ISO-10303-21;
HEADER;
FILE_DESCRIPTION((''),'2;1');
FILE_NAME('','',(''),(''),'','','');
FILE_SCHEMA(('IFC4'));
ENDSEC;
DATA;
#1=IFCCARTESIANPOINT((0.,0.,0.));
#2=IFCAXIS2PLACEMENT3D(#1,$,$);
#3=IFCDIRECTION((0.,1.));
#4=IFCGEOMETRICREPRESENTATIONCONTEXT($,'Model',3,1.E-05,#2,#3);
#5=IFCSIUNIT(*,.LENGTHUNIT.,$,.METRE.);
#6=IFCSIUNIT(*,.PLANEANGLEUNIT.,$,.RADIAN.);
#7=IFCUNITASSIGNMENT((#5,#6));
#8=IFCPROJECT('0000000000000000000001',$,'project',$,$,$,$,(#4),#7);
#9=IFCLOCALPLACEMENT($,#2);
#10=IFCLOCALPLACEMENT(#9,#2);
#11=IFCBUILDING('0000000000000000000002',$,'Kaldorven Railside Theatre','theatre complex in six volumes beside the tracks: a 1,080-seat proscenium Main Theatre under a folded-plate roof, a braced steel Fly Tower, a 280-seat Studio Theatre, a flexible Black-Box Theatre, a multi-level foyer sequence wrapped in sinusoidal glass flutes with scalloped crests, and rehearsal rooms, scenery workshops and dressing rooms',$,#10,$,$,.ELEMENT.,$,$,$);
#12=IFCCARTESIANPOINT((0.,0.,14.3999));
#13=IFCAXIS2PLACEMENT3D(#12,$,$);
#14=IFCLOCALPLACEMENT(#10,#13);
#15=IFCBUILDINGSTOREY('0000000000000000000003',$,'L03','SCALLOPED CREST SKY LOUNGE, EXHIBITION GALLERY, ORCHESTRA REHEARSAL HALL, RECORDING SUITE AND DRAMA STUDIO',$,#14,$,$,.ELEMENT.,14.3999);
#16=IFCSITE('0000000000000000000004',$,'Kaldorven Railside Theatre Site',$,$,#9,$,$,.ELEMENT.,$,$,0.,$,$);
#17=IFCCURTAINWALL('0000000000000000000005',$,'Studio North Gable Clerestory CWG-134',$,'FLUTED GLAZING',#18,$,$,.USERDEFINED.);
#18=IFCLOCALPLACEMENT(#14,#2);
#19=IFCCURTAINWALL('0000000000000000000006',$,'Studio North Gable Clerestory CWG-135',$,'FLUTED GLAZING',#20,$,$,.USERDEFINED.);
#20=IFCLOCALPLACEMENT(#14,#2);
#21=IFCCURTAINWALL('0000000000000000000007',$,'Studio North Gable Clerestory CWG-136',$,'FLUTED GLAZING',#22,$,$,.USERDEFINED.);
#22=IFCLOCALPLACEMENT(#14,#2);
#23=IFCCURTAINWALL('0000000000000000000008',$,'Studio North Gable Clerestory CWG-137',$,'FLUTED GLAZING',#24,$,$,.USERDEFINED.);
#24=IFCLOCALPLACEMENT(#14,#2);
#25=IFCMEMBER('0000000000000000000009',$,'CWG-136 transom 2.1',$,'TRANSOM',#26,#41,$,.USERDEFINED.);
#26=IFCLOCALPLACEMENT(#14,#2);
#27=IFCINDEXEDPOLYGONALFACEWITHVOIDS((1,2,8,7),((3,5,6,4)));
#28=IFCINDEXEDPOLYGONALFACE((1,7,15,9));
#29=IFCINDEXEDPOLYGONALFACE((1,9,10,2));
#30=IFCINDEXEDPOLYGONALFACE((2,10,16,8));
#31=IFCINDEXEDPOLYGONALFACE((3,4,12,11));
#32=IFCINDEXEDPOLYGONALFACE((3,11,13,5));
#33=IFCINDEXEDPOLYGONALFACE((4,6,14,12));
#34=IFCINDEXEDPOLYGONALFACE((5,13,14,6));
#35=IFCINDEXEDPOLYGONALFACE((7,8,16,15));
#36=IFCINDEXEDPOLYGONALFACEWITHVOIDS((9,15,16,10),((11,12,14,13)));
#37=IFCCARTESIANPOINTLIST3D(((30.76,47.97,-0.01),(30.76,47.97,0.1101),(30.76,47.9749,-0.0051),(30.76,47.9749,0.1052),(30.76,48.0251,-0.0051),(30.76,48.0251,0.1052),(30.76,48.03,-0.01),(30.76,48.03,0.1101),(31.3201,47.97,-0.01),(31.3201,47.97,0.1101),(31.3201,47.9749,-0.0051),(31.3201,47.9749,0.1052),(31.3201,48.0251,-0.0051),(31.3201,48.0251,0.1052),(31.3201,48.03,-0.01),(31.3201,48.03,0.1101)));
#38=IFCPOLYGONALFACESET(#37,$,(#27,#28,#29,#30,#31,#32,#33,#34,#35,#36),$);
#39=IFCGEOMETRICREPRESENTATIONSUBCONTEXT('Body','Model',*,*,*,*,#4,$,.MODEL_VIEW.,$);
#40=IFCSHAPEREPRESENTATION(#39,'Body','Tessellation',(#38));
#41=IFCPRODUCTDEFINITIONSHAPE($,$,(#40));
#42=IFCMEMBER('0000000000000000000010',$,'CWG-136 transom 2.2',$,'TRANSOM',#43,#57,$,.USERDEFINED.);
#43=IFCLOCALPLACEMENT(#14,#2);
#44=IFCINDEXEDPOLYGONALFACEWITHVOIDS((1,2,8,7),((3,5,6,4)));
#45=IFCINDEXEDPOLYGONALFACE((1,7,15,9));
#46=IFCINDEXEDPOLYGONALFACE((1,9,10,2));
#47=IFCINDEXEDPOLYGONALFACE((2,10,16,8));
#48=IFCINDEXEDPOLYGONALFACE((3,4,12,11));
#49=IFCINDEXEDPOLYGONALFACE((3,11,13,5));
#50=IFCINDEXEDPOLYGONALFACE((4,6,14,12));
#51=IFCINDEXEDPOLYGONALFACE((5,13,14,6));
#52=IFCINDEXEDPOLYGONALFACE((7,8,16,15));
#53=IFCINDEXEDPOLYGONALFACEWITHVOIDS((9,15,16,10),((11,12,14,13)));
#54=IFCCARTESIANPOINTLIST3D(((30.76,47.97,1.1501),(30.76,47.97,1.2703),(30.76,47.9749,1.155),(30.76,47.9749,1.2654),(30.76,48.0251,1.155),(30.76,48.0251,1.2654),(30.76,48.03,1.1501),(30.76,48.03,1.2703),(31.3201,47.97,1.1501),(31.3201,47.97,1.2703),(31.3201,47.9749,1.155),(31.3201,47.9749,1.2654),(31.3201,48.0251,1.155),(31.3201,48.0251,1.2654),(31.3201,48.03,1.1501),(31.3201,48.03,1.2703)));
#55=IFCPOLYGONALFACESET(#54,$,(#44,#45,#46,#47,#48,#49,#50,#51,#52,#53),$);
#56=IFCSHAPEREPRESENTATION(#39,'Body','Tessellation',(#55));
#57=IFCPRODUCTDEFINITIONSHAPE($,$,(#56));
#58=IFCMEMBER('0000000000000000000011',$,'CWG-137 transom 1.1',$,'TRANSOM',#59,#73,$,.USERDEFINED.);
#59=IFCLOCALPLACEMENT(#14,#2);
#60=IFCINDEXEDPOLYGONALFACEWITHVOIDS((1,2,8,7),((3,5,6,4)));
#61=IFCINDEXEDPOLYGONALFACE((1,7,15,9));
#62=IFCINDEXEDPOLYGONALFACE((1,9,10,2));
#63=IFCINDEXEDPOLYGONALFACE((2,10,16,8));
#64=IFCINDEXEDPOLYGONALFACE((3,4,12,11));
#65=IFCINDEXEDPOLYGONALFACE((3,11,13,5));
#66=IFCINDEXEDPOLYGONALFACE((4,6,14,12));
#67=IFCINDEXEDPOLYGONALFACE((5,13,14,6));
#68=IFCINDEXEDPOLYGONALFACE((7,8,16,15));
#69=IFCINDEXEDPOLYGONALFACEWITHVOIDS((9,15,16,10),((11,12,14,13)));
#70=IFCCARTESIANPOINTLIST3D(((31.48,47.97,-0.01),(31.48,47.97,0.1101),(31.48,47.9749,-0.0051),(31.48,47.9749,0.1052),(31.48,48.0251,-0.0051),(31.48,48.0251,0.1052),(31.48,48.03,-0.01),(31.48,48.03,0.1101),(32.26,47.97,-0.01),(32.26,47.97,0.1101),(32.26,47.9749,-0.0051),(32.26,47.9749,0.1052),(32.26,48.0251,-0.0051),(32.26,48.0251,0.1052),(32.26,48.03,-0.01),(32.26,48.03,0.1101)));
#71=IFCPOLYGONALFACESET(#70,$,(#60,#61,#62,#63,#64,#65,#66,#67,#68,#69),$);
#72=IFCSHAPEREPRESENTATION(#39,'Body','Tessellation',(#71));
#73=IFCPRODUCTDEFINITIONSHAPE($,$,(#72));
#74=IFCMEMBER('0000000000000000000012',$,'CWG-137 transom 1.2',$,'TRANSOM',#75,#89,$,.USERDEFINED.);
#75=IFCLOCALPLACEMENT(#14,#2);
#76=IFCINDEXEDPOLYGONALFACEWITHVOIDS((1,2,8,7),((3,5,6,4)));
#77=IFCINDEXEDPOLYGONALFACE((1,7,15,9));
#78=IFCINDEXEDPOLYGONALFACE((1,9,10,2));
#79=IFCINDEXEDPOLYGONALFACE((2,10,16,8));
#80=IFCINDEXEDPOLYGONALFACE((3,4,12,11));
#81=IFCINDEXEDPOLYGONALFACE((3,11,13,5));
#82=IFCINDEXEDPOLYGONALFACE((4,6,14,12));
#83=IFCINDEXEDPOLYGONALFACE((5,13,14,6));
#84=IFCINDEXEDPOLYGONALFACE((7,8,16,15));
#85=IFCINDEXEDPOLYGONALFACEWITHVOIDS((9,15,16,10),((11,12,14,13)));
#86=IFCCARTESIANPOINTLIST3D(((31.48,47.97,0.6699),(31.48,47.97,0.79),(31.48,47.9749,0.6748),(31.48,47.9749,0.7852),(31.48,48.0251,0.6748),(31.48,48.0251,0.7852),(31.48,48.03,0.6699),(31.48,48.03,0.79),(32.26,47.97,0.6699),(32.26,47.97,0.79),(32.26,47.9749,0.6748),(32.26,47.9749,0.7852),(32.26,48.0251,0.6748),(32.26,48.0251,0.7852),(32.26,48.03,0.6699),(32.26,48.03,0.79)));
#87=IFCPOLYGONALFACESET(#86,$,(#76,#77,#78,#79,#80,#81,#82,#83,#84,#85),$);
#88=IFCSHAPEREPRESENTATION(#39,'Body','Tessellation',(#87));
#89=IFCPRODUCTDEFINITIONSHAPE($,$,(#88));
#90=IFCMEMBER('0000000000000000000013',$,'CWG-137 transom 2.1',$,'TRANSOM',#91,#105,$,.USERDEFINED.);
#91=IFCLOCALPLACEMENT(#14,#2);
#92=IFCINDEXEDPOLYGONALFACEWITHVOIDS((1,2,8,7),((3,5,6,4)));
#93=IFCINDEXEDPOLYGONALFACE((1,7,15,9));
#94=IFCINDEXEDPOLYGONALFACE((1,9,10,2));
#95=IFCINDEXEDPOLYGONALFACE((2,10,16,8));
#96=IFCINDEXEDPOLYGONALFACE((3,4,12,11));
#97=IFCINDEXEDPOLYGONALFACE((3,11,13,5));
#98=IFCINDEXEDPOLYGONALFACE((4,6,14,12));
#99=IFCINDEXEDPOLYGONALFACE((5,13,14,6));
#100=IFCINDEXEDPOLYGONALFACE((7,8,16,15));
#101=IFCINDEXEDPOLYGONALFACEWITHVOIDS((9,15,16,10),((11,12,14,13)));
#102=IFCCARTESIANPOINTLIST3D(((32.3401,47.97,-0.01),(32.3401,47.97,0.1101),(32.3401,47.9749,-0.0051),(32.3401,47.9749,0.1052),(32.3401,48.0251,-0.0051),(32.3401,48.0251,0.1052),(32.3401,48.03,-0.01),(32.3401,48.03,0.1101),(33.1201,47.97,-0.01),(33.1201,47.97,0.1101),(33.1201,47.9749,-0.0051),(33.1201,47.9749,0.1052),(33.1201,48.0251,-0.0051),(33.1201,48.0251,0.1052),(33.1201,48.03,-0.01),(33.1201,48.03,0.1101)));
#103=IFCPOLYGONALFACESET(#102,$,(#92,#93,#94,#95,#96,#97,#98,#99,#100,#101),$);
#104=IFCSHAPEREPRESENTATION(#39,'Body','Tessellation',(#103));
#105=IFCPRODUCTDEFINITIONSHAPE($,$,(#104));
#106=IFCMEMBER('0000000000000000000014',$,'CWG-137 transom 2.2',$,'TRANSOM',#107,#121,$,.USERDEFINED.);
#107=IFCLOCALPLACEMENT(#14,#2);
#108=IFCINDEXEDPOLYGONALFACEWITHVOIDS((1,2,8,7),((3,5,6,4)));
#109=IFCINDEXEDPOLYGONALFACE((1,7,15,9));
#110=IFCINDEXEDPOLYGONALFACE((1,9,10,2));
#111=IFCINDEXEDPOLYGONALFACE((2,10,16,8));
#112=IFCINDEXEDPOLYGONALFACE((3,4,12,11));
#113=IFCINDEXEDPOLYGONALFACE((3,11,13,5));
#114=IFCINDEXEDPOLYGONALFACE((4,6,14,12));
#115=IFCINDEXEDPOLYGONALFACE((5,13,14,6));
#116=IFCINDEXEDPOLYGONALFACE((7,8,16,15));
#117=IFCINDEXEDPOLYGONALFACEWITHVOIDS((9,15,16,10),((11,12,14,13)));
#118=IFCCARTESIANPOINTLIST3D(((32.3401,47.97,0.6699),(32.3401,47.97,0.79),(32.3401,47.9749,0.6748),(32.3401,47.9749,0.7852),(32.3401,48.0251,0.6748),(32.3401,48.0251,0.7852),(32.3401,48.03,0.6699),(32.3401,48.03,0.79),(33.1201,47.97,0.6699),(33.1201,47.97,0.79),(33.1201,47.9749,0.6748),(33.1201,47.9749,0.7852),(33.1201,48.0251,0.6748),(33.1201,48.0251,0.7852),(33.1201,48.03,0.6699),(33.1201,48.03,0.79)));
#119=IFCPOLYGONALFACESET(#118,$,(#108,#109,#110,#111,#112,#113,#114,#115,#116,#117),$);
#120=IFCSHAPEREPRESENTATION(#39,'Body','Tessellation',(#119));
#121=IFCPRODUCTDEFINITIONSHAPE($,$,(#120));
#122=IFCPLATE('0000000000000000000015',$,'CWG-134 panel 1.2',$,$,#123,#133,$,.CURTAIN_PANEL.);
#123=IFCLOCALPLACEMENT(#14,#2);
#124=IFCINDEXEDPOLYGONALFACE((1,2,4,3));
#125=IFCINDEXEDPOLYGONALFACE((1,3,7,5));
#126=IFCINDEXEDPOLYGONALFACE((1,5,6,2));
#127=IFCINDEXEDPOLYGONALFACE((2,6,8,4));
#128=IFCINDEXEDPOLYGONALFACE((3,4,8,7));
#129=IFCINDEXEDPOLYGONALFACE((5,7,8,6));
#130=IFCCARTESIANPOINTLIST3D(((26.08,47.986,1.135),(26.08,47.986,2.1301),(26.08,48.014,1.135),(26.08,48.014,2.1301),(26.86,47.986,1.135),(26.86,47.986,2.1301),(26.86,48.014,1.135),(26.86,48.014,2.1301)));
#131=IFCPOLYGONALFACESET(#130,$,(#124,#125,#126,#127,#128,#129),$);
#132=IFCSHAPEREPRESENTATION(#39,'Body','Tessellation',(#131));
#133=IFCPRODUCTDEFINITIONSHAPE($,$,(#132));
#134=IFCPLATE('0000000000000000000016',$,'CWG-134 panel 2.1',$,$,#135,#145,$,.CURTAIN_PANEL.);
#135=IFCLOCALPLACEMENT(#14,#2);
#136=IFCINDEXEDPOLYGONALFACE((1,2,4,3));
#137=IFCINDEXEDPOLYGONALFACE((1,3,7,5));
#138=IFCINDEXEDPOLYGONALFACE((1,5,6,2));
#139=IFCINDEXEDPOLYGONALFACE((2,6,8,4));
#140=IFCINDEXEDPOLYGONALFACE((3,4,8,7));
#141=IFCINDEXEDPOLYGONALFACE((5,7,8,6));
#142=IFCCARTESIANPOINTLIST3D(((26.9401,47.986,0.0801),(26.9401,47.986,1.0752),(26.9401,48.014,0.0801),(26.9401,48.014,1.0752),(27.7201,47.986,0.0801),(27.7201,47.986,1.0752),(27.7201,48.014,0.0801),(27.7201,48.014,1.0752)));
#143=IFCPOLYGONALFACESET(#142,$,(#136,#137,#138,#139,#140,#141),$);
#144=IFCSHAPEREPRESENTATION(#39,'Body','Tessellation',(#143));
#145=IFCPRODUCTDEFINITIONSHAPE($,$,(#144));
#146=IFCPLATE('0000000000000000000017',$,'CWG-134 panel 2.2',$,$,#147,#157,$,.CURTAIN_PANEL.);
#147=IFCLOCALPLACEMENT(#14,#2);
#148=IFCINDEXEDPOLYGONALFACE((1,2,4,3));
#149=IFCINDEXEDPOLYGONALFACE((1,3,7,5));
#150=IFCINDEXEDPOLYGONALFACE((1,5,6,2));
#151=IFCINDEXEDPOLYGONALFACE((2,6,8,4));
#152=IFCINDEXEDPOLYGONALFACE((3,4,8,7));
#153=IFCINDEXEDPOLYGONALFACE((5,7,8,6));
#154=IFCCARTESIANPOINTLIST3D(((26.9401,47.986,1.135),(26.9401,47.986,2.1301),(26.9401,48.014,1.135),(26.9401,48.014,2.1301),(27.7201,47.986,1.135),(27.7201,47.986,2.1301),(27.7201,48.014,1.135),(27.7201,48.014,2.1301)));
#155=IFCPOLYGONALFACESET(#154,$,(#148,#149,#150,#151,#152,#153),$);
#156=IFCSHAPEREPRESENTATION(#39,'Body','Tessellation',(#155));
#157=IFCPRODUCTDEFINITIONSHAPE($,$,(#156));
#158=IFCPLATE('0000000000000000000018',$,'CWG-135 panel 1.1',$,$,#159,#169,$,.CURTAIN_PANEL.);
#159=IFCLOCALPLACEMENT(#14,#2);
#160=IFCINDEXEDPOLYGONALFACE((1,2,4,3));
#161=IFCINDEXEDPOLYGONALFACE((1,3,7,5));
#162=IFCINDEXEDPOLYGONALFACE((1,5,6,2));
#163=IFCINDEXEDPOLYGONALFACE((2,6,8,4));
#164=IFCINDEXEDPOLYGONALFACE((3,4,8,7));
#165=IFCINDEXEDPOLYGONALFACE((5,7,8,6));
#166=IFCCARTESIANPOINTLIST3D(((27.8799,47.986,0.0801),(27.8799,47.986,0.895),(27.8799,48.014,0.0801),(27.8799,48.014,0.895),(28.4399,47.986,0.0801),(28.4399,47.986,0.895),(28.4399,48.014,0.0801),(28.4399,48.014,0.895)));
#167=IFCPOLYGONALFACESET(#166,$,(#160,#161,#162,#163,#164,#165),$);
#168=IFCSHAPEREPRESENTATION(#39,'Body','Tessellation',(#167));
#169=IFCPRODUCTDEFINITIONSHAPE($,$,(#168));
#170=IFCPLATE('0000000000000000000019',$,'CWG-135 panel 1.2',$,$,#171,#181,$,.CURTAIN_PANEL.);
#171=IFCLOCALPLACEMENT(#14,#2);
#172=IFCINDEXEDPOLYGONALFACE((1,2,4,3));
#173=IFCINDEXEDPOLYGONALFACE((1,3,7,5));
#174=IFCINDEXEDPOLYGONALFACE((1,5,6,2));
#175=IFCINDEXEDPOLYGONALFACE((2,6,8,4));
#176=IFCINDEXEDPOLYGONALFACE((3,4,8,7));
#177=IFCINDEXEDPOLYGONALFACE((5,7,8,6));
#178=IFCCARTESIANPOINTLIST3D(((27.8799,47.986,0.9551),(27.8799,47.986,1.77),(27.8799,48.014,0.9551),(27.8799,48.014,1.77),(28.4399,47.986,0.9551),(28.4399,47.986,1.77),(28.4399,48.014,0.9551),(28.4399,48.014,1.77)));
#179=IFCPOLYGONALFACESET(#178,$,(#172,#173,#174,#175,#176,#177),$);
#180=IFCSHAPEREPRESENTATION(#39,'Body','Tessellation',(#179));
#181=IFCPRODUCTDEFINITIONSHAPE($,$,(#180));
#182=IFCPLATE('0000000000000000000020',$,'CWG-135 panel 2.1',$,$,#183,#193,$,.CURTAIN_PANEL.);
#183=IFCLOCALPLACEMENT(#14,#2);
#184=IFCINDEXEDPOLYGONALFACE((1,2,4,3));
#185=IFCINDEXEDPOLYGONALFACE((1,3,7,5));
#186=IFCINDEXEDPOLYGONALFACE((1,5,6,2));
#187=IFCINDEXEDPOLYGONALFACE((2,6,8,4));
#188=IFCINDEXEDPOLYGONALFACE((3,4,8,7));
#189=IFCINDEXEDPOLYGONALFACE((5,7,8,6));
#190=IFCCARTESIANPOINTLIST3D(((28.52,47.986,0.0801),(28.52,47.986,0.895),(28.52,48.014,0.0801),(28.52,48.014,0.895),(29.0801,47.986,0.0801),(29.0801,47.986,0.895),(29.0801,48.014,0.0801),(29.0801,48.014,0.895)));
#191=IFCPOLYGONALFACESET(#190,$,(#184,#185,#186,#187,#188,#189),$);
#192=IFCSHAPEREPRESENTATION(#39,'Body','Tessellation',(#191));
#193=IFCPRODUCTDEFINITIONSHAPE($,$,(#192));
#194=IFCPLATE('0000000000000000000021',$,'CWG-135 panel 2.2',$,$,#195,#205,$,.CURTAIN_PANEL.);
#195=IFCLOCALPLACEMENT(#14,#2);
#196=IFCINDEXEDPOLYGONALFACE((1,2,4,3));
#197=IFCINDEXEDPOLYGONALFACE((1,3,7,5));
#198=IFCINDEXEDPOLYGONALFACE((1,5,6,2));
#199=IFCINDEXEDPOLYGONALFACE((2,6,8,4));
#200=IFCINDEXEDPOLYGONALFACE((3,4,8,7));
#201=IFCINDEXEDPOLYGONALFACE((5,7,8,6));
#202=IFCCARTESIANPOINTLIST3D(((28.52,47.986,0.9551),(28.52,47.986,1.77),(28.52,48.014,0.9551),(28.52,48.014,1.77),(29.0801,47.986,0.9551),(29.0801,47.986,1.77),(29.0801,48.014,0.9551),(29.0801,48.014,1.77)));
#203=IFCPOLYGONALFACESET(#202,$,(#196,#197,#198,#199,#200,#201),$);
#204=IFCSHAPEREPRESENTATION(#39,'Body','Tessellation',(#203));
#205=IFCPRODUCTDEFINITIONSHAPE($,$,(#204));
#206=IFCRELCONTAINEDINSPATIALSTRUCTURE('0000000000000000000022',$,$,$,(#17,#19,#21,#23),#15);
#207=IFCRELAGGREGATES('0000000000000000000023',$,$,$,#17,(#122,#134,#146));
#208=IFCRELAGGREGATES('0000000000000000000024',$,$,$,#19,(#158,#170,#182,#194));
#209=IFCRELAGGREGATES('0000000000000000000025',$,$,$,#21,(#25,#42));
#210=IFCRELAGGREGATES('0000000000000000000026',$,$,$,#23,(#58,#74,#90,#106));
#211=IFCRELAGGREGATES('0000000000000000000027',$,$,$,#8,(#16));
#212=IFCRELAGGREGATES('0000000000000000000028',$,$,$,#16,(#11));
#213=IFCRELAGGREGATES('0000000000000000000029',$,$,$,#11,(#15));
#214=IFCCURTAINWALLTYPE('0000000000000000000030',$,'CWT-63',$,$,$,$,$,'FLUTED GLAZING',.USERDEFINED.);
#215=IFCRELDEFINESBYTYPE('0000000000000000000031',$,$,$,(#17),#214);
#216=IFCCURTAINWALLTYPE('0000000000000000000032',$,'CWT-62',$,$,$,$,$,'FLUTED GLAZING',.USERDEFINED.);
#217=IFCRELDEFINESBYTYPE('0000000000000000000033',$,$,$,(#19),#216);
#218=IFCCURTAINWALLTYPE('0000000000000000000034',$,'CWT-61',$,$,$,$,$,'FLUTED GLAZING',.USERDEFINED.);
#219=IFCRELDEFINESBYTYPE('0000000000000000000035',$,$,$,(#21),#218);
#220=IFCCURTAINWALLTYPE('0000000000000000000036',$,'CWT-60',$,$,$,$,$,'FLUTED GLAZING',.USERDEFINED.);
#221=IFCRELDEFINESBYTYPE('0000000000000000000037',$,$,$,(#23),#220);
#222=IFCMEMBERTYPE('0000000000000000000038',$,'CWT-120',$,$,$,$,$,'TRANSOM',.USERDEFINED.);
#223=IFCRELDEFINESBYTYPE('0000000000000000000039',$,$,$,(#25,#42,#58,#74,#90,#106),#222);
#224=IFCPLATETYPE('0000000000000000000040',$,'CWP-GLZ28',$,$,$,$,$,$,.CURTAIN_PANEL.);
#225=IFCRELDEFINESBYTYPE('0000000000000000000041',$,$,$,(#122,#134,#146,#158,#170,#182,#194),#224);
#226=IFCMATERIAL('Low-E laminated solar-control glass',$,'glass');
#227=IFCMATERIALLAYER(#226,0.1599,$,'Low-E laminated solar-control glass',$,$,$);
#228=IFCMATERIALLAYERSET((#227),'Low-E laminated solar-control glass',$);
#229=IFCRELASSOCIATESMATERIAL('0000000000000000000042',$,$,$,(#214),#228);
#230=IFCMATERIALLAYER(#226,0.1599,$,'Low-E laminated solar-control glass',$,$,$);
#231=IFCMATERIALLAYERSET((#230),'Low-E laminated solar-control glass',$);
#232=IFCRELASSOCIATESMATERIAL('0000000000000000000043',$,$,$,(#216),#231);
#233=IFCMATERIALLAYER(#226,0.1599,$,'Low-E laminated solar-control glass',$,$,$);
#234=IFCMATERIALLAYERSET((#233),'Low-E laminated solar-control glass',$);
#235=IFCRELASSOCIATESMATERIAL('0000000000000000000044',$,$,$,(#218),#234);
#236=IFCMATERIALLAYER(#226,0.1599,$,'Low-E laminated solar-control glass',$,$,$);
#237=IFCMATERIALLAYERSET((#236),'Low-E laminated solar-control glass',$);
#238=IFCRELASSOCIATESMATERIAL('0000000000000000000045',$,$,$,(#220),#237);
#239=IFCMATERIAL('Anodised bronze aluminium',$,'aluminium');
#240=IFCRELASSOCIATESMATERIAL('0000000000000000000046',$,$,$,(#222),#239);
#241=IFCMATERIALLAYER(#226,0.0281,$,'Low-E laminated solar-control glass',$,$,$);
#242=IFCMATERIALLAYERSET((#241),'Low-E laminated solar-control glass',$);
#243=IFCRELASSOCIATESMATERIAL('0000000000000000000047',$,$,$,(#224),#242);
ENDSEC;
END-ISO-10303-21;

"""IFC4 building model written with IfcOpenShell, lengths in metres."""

from ifc_helpers import new_model, si_unit, direction, frame, origin, origin_2d, place, context, subcontext, project, spatial, rectangle, hollow_rectangle, extrude, material, layer, layer_set, material_profile, profile_set, type_object, element, aggregate, save


model = new_model("IFC4")

# Units and contexts
model_context = context("Model", 3, precision=1e-05, world=origin(), true_north=direction((0.0, 1.0)))
body_context = subcontext(model_context, "Body", "Model", "MODEL_VIEW")
ifc_project = project(units=[si_unit("LENGTHUNIT", "METRE"), si_unit("PLANEANGLEUNIT", "RADIAN")], contexts=[model_context])

# Site, building, storey
site_placement = place(None, origin())
site = spatial("IfcSite", under=ifc_project, at=site_placement, Name="Kaldorven Railside Theatre Site", CompositionType="ELEMENT", RefElevation=0.0)
building_placement = place(site_placement, origin())
building = spatial("IfcBuilding", under=site, at=building_placement, Name="Kaldorven Railside Theatre", Description="theatre complex in six volumes beside the tracks: a 1,080-seat proscenium Main Theatre under a folded-plate roof, a braced steel Fly Tower, a 280-seat Studio Theatre, a flexible Black-Box Theatre, a multi-level foyer sequence wrapped in sinusoidal glass flutes with scalloped crests, and rehearsal rooms, scenery workshops and dressing rooms", CompositionType="ELEMENT")
storey_placement = place(building_placement, frame((0.0, 0.0, 14.3999)))
storey = spatial("IfcBuildingStorey", under=building, at=storey_placement, Name="L03", Description="SCALLOPED CREST SKY LOUNGE, EXHIBITION GALLERY, ORCHESTRA REHEARSAL HALL, RECORDING SUITE AND DRAMA STUDIO", CompositionType="ELEMENT", Elevation=14.3999)

# Curtain walls
ifc_material_1 = material(Name="Low-E laminated solar-control glass", Category="glass")
ifc_layer_1 = layer(ifc_material_1, 0.1599, Name="Low-E laminated solar-control glass")
ifc_layer_set_1 = layer_set([ifc_layer_1], Name="Low-E laminated solar-control glass")
curtain_wall_type_1 = type_object("IfcCurtainWallType", Name="CWT-63", ElementType="FLUTED GLAZING", PredefinedType="USERDEFINED", material=ifc_layer_set_1)
curtain_wall_1_placement = place(storey_placement, origin())
curtain_wall_1 = element("IfcCurtainWall", 1, at=curtain_wall_1_placement, inside=storey, type_object=curtain_wall_type_1, Name="Studio North Gable Clerestory CWG-134", ObjectType="FLUTED GLAZING", PredefinedType="USERDEFINED")
ifc_material_2 = material(Name="Anodised bronze aluminium", Category="aluminium")
ifc_layer_2 = layer(ifc_material_1, 0.1599, Name="Low-E laminated solar-control glass")
ifc_layer_set_2 = layer_set([ifc_layer_2], Name="Low-E laminated solar-control glass")
curtain_wall_type_2 = type_object("IfcCurtainWallType", Name="CWT-62", ElementType="FLUTED GLAZING", PredefinedType="USERDEFINED", material=ifc_layer_set_2)
curtain_wall_2_placement = place(storey_placement, origin())
curtain_wall_2 = element("IfcCurtainWall", 2, at=curtain_wall_2_placement, inside=storey, type_object=curtain_wall_type_2, Name="Studio North Gable Clerestory CWG-135", ObjectType="FLUTED GLAZING", PredefinedType="USERDEFINED")
ifc_layer_3 = layer(ifc_material_1, 0.1599, Name="Low-E laminated solar-control glass")
ifc_layer_set_3 = layer_set([ifc_layer_3], Name="Low-E laminated solar-control glass")
curtain_wall_type_3 = type_object("IfcCurtainWallType", Name="CWT-61", ElementType="FLUTED GLAZING", PredefinedType="USERDEFINED", material=ifc_layer_set_3)
curtain_wall_3_placement = place(storey_placement, origin())
curtain_wall_3 = element("IfcCurtainWall", 3, at=curtain_wall_3_placement, inside=storey, type_object=curtain_wall_type_3, Name="Studio North Gable Clerestory CWG-136", ObjectType="FLUTED GLAZING", PredefinedType="USERDEFINED")
ifc_layer_4 = layer(ifc_material_1, 0.1599, Name="Low-E laminated solar-control glass")
ifc_layer_set_4 = layer_set([ifc_layer_4], Name="Low-E laminated solar-control glass")
curtain_wall_type_4 = type_object("IfcCurtainWallType", Name="CWT-60", ElementType="FLUTED GLAZING", PredefinedType="USERDEFINED", material=ifc_layer_set_4)
curtain_wall_4_placement = place(storey_placement, origin())
curtain_wall_4 = element("IfcCurtainWall", 4, at=curtain_wall_4_placement, inside=storey, type_object=curtain_wall_type_4, Name="Studio North Gable Clerestory CWG-137", ObjectType="FLUTED GLAZING", PredefinedType="USERDEFINED")

# Members
ifc_material_profile_1 = material_profile(ifc_material_2, hollow_rectangle(XDim=0.0601, YDim=0.1201, WallThickness=0.0049, at=origin_2d()), Name="RHS 120x60x5")
ifc_profile_set_1 = profile_set([ifc_material_profile_1], Name="Anodised bronze aluminium")
member_type_1 = type_object("IfcMemberType", Name="CWT-120", ElementType="TRANSOM", PredefinedType="USERDEFINED", material=ifc_profile_set_1)
member_1_placement = place(storey_placement, frame((30.76, 48.0, 0.05), z_axis=(1.0, 0.0, 0.0), x_axis=(0.0, 1.0, 0.0)))
member_1 = element("IfcMember", 5, at=member_1_placement, type_object=member_type_1, Name="CWG-136 transom 2.1", ObjectType="TRANSOM", PredefinedType="USERDEFINED", context=body_context, shape_type="SweptSolid", body=[
    extrude(hollow_rectangle(XDim=0.0601, YDim=0.1201, WallThickness=0.0049, at=origin_2d()), origin(), (0.0, 0.0, 1.0), 0.5601),
])
member_2_placement = place(storey_placement, frame((30.76, 48.0, 1.2102), z_axis=(1.0, 0.0, 0.0), x_axis=(0.0, 1.0, 0.0)))
member_2 = element("IfcMember", 6, at=member_2_placement, type_object=member_type_1, Name="CWG-136 transom 2.2", ObjectType="TRANSOM", PredefinedType="USERDEFINED", context=body_context, shape_type="SweptSolid", body=[
    extrude(hollow_rectangle(XDim=0.0601, YDim=0.1201, WallThickness=0.0049, at=origin_2d()), origin(), (0.0, 0.0, 1.0), 0.5601),
])
member_3_placement = place(storey_placement, frame((31.48, 48.0, 0.05), z_axis=(1.0, 0.0, 0.0), x_axis=(0.0, 1.0, 0.0)))
member_3 = element("IfcMember", 7, at=member_3_placement, type_object=member_type_1, Name="CWG-137 transom 1.1", ObjectType="TRANSOM", PredefinedType="USERDEFINED", context=body_context, shape_type="SweptSolid", body=[
    extrude(hollow_rectangle(XDim=0.0601, YDim=0.1201, WallThickness=0.0049, at=origin_2d()), origin(), (0.0, 0.0, 1.0), 0.78),
])
member_4_placement = place(storey_placement, frame((31.48, 48.0, 0.73), z_axis=(1.0, 0.0, 0.0), x_axis=(0.0, 1.0, 0.0)))
member_4 = element("IfcMember", 8, at=member_4_placement, type_object=member_type_1, Name="CWG-137 transom 1.2", ObjectType="TRANSOM", PredefinedType="USERDEFINED", context=body_context, shape_type="SweptSolid", body=[
    extrude(hollow_rectangle(XDim=0.0601, YDim=0.1201, WallThickness=0.0049, at=origin_2d()), origin(), (0.0, 0.0, 1.0), 0.78),
])
member_5_placement = place(storey_placement, frame((32.3401, 48.0, 0.05), z_axis=(1.0, 0.0, 0.0), x_axis=(0.0, 1.0, 0.0)))
member_5 = element("IfcMember", 9, at=member_5_placement, type_object=member_type_1, Name="CWG-137 transom 2.1", ObjectType="TRANSOM", PredefinedType="USERDEFINED", context=body_context, shape_type="SweptSolid", body=[
    extrude(hollow_rectangle(XDim=0.0601, YDim=0.1201, WallThickness=0.0049, at=origin_2d()), origin(), (0.0, 0.0, 1.0), 0.78),
])
member_6_placement = place(storey_placement, frame((32.3401, 48.0, 0.73), z_axis=(1.0, 0.0, 0.0), x_axis=(0.0, 1.0, 0.0)))
member_6 = element("IfcMember", 10, at=member_6_placement, type_object=member_type_1, Name="CWG-137 transom 2.2", ObjectType="TRANSOM", PredefinedType="USERDEFINED", context=body_context, shape_type="SweptSolid", body=[
    extrude(hollow_rectangle(XDim=0.0601, YDim=0.1201, WallThickness=0.0049, at=origin_2d()), origin(), (0.0, 0.0, 1.0), 0.78),
])

# Plates
ifc_layer_5 = layer(ifc_material_1, 0.0281, Name="Low-E laminated solar-control glass")
ifc_layer_set_5 = layer_set([ifc_layer_5], Name="Low-E laminated solar-control glass")
plate_type = type_object("IfcPlateType", Name="CWP-GLZ28", PredefinedType="CURTAIN_PANEL", material=ifc_layer_set_5)
plate_1_placement = place(storey_placement, frame((26.47, 48.0, 1.135), z_axis=(0.0, 0.0, 1.0), x_axis=(1.0, 0.0, 0.0)))
plate_1 = element("IfcPlate", 11, at=plate_1_placement, type_object=plate_type, Name="CWG-134 panel 1.2", PredefinedType="CURTAIN_PANEL", context=body_context, shape_type="SweptSolid", body=[
    extrude(rectangle(XDim=0.78, YDim=0.0281, at=origin_2d()), origin(), (0.0, 0.0, 1.0), 0.9951),
])
plate_2_placement = place(storey_placement, frame((27.3301, 48.0, 0.0801), z_axis=(0.0, 0.0, 1.0), x_axis=(1.0, 0.0, 0.0)))
plate_2 = element("IfcPlate", 12, at=plate_2_placement, type_object=plate_type, Name="CWG-134 panel 2.1", PredefinedType="CURTAIN_PANEL", context=body_context, shape_type="SweptSolid", body=[
    extrude(rectangle(XDim=0.78, YDim=0.0281, at=origin_2d()), origin(), (0.0, 0.0, 1.0), 0.9951),
])
plate_3_placement = place(storey_placement, frame((27.3301, 48.0, 1.135), z_axis=(0.0, 0.0, 1.0), x_axis=(1.0, 0.0, 0.0)))
plate_3 = element("IfcPlate", 13, at=plate_3_placement, type_object=plate_type, Name="CWG-134 panel 2.2", PredefinedType="CURTAIN_PANEL", context=body_context, shape_type="SweptSolid", body=[
    extrude(rectangle(XDim=0.78, YDim=0.0281, at=origin_2d()), origin(), (0.0, 0.0, 1.0), 0.9951),
])
aggregate(curtain_wall_1, [plate_1, plate_2, plate_3])
plate_4_placement = place(storey_placement, frame((28.1599, 48.0, 0.0801), z_axis=(0.0, 0.0, 1.0), x_axis=(1.0, 0.0, 0.0)))
plate_4 = element("IfcPlate", 14, at=plate_4_placement, type_object=plate_type, Name="CWG-135 panel 1.1", PredefinedType="CURTAIN_PANEL", context=body_context, shape_type="SweptSolid", body=[
    extrude(rectangle(XDim=0.5601, YDim=0.0281, at=origin_2d()), origin(), (0.0, 0.0, 1.0), 0.8149),
])
plate_5_placement = place(storey_placement, frame((28.1599, 48.0, 0.9551), z_axis=(0.0, 0.0, 1.0), x_axis=(1.0, 0.0, 0.0)))
plate_5 = element("IfcPlate", 15, at=plate_5_placement, type_object=plate_type, Name="CWG-135 panel 1.2", PredefinedType="CURTAIN_PANEL", context=body_context, shape_type="SweptSolid", body=[
    extrude(rectangle(XDim=0.5601, YDim=0.0281, at=origin_2d()), origin(), (0.0, 0.0, 1.0), 0.8149),
])
plate_6_placement = place(storey_placement, frame((28.8, 48.0, 0.0801), z_axis=(0.0, 0.0, 1.0), x_axis=(1.0, 0.0, 0.0)))
plate_6 = element("IfcPlate", 16, at=plate_6_placement, type_object=plate_type, Name="CWG-135 panel 2.1", PredefinedType="CURTAIN_PANEL", context=body_context, shape_type="SweptSolid", body=[
    extrude(rectangle(XDim=0.5601, YDim=0.0281, at=origin_2d()), origin(), (0.0, 0.0, 1.0), 0.8149),
])
plate_7_placement = place(storey_placement, frame((28.8, 48.0, 0.9551), z_axis=(0.0, 0.0, 1.0), x_axis=(1.0, 0.0, 0.0)))
plate_7 = element("IfcPlate", 17, at=plate_7_placement, type_object=plate_type, Name="CWG-135 panel 2.2", PredefinedType="CURTAIN_PANEL", context=body_context, shape_type="SweptSolid", body=[
    extrude(rectangle(XDim=0.5601, YDim=0.0281, at=origin_2d()), origin(), (0.0, 0.0, 1.0), 0.8149),
])
aggregate(curtain_wall_2, [plate_4, plate_5, plate_6, plate_7])
aggregate(curtain_wall_3, [member_1, member_2])
aggregate(curtain_wall_4, [member_3, member_4, member_5, member_6])

save(model, "model.ifc")
